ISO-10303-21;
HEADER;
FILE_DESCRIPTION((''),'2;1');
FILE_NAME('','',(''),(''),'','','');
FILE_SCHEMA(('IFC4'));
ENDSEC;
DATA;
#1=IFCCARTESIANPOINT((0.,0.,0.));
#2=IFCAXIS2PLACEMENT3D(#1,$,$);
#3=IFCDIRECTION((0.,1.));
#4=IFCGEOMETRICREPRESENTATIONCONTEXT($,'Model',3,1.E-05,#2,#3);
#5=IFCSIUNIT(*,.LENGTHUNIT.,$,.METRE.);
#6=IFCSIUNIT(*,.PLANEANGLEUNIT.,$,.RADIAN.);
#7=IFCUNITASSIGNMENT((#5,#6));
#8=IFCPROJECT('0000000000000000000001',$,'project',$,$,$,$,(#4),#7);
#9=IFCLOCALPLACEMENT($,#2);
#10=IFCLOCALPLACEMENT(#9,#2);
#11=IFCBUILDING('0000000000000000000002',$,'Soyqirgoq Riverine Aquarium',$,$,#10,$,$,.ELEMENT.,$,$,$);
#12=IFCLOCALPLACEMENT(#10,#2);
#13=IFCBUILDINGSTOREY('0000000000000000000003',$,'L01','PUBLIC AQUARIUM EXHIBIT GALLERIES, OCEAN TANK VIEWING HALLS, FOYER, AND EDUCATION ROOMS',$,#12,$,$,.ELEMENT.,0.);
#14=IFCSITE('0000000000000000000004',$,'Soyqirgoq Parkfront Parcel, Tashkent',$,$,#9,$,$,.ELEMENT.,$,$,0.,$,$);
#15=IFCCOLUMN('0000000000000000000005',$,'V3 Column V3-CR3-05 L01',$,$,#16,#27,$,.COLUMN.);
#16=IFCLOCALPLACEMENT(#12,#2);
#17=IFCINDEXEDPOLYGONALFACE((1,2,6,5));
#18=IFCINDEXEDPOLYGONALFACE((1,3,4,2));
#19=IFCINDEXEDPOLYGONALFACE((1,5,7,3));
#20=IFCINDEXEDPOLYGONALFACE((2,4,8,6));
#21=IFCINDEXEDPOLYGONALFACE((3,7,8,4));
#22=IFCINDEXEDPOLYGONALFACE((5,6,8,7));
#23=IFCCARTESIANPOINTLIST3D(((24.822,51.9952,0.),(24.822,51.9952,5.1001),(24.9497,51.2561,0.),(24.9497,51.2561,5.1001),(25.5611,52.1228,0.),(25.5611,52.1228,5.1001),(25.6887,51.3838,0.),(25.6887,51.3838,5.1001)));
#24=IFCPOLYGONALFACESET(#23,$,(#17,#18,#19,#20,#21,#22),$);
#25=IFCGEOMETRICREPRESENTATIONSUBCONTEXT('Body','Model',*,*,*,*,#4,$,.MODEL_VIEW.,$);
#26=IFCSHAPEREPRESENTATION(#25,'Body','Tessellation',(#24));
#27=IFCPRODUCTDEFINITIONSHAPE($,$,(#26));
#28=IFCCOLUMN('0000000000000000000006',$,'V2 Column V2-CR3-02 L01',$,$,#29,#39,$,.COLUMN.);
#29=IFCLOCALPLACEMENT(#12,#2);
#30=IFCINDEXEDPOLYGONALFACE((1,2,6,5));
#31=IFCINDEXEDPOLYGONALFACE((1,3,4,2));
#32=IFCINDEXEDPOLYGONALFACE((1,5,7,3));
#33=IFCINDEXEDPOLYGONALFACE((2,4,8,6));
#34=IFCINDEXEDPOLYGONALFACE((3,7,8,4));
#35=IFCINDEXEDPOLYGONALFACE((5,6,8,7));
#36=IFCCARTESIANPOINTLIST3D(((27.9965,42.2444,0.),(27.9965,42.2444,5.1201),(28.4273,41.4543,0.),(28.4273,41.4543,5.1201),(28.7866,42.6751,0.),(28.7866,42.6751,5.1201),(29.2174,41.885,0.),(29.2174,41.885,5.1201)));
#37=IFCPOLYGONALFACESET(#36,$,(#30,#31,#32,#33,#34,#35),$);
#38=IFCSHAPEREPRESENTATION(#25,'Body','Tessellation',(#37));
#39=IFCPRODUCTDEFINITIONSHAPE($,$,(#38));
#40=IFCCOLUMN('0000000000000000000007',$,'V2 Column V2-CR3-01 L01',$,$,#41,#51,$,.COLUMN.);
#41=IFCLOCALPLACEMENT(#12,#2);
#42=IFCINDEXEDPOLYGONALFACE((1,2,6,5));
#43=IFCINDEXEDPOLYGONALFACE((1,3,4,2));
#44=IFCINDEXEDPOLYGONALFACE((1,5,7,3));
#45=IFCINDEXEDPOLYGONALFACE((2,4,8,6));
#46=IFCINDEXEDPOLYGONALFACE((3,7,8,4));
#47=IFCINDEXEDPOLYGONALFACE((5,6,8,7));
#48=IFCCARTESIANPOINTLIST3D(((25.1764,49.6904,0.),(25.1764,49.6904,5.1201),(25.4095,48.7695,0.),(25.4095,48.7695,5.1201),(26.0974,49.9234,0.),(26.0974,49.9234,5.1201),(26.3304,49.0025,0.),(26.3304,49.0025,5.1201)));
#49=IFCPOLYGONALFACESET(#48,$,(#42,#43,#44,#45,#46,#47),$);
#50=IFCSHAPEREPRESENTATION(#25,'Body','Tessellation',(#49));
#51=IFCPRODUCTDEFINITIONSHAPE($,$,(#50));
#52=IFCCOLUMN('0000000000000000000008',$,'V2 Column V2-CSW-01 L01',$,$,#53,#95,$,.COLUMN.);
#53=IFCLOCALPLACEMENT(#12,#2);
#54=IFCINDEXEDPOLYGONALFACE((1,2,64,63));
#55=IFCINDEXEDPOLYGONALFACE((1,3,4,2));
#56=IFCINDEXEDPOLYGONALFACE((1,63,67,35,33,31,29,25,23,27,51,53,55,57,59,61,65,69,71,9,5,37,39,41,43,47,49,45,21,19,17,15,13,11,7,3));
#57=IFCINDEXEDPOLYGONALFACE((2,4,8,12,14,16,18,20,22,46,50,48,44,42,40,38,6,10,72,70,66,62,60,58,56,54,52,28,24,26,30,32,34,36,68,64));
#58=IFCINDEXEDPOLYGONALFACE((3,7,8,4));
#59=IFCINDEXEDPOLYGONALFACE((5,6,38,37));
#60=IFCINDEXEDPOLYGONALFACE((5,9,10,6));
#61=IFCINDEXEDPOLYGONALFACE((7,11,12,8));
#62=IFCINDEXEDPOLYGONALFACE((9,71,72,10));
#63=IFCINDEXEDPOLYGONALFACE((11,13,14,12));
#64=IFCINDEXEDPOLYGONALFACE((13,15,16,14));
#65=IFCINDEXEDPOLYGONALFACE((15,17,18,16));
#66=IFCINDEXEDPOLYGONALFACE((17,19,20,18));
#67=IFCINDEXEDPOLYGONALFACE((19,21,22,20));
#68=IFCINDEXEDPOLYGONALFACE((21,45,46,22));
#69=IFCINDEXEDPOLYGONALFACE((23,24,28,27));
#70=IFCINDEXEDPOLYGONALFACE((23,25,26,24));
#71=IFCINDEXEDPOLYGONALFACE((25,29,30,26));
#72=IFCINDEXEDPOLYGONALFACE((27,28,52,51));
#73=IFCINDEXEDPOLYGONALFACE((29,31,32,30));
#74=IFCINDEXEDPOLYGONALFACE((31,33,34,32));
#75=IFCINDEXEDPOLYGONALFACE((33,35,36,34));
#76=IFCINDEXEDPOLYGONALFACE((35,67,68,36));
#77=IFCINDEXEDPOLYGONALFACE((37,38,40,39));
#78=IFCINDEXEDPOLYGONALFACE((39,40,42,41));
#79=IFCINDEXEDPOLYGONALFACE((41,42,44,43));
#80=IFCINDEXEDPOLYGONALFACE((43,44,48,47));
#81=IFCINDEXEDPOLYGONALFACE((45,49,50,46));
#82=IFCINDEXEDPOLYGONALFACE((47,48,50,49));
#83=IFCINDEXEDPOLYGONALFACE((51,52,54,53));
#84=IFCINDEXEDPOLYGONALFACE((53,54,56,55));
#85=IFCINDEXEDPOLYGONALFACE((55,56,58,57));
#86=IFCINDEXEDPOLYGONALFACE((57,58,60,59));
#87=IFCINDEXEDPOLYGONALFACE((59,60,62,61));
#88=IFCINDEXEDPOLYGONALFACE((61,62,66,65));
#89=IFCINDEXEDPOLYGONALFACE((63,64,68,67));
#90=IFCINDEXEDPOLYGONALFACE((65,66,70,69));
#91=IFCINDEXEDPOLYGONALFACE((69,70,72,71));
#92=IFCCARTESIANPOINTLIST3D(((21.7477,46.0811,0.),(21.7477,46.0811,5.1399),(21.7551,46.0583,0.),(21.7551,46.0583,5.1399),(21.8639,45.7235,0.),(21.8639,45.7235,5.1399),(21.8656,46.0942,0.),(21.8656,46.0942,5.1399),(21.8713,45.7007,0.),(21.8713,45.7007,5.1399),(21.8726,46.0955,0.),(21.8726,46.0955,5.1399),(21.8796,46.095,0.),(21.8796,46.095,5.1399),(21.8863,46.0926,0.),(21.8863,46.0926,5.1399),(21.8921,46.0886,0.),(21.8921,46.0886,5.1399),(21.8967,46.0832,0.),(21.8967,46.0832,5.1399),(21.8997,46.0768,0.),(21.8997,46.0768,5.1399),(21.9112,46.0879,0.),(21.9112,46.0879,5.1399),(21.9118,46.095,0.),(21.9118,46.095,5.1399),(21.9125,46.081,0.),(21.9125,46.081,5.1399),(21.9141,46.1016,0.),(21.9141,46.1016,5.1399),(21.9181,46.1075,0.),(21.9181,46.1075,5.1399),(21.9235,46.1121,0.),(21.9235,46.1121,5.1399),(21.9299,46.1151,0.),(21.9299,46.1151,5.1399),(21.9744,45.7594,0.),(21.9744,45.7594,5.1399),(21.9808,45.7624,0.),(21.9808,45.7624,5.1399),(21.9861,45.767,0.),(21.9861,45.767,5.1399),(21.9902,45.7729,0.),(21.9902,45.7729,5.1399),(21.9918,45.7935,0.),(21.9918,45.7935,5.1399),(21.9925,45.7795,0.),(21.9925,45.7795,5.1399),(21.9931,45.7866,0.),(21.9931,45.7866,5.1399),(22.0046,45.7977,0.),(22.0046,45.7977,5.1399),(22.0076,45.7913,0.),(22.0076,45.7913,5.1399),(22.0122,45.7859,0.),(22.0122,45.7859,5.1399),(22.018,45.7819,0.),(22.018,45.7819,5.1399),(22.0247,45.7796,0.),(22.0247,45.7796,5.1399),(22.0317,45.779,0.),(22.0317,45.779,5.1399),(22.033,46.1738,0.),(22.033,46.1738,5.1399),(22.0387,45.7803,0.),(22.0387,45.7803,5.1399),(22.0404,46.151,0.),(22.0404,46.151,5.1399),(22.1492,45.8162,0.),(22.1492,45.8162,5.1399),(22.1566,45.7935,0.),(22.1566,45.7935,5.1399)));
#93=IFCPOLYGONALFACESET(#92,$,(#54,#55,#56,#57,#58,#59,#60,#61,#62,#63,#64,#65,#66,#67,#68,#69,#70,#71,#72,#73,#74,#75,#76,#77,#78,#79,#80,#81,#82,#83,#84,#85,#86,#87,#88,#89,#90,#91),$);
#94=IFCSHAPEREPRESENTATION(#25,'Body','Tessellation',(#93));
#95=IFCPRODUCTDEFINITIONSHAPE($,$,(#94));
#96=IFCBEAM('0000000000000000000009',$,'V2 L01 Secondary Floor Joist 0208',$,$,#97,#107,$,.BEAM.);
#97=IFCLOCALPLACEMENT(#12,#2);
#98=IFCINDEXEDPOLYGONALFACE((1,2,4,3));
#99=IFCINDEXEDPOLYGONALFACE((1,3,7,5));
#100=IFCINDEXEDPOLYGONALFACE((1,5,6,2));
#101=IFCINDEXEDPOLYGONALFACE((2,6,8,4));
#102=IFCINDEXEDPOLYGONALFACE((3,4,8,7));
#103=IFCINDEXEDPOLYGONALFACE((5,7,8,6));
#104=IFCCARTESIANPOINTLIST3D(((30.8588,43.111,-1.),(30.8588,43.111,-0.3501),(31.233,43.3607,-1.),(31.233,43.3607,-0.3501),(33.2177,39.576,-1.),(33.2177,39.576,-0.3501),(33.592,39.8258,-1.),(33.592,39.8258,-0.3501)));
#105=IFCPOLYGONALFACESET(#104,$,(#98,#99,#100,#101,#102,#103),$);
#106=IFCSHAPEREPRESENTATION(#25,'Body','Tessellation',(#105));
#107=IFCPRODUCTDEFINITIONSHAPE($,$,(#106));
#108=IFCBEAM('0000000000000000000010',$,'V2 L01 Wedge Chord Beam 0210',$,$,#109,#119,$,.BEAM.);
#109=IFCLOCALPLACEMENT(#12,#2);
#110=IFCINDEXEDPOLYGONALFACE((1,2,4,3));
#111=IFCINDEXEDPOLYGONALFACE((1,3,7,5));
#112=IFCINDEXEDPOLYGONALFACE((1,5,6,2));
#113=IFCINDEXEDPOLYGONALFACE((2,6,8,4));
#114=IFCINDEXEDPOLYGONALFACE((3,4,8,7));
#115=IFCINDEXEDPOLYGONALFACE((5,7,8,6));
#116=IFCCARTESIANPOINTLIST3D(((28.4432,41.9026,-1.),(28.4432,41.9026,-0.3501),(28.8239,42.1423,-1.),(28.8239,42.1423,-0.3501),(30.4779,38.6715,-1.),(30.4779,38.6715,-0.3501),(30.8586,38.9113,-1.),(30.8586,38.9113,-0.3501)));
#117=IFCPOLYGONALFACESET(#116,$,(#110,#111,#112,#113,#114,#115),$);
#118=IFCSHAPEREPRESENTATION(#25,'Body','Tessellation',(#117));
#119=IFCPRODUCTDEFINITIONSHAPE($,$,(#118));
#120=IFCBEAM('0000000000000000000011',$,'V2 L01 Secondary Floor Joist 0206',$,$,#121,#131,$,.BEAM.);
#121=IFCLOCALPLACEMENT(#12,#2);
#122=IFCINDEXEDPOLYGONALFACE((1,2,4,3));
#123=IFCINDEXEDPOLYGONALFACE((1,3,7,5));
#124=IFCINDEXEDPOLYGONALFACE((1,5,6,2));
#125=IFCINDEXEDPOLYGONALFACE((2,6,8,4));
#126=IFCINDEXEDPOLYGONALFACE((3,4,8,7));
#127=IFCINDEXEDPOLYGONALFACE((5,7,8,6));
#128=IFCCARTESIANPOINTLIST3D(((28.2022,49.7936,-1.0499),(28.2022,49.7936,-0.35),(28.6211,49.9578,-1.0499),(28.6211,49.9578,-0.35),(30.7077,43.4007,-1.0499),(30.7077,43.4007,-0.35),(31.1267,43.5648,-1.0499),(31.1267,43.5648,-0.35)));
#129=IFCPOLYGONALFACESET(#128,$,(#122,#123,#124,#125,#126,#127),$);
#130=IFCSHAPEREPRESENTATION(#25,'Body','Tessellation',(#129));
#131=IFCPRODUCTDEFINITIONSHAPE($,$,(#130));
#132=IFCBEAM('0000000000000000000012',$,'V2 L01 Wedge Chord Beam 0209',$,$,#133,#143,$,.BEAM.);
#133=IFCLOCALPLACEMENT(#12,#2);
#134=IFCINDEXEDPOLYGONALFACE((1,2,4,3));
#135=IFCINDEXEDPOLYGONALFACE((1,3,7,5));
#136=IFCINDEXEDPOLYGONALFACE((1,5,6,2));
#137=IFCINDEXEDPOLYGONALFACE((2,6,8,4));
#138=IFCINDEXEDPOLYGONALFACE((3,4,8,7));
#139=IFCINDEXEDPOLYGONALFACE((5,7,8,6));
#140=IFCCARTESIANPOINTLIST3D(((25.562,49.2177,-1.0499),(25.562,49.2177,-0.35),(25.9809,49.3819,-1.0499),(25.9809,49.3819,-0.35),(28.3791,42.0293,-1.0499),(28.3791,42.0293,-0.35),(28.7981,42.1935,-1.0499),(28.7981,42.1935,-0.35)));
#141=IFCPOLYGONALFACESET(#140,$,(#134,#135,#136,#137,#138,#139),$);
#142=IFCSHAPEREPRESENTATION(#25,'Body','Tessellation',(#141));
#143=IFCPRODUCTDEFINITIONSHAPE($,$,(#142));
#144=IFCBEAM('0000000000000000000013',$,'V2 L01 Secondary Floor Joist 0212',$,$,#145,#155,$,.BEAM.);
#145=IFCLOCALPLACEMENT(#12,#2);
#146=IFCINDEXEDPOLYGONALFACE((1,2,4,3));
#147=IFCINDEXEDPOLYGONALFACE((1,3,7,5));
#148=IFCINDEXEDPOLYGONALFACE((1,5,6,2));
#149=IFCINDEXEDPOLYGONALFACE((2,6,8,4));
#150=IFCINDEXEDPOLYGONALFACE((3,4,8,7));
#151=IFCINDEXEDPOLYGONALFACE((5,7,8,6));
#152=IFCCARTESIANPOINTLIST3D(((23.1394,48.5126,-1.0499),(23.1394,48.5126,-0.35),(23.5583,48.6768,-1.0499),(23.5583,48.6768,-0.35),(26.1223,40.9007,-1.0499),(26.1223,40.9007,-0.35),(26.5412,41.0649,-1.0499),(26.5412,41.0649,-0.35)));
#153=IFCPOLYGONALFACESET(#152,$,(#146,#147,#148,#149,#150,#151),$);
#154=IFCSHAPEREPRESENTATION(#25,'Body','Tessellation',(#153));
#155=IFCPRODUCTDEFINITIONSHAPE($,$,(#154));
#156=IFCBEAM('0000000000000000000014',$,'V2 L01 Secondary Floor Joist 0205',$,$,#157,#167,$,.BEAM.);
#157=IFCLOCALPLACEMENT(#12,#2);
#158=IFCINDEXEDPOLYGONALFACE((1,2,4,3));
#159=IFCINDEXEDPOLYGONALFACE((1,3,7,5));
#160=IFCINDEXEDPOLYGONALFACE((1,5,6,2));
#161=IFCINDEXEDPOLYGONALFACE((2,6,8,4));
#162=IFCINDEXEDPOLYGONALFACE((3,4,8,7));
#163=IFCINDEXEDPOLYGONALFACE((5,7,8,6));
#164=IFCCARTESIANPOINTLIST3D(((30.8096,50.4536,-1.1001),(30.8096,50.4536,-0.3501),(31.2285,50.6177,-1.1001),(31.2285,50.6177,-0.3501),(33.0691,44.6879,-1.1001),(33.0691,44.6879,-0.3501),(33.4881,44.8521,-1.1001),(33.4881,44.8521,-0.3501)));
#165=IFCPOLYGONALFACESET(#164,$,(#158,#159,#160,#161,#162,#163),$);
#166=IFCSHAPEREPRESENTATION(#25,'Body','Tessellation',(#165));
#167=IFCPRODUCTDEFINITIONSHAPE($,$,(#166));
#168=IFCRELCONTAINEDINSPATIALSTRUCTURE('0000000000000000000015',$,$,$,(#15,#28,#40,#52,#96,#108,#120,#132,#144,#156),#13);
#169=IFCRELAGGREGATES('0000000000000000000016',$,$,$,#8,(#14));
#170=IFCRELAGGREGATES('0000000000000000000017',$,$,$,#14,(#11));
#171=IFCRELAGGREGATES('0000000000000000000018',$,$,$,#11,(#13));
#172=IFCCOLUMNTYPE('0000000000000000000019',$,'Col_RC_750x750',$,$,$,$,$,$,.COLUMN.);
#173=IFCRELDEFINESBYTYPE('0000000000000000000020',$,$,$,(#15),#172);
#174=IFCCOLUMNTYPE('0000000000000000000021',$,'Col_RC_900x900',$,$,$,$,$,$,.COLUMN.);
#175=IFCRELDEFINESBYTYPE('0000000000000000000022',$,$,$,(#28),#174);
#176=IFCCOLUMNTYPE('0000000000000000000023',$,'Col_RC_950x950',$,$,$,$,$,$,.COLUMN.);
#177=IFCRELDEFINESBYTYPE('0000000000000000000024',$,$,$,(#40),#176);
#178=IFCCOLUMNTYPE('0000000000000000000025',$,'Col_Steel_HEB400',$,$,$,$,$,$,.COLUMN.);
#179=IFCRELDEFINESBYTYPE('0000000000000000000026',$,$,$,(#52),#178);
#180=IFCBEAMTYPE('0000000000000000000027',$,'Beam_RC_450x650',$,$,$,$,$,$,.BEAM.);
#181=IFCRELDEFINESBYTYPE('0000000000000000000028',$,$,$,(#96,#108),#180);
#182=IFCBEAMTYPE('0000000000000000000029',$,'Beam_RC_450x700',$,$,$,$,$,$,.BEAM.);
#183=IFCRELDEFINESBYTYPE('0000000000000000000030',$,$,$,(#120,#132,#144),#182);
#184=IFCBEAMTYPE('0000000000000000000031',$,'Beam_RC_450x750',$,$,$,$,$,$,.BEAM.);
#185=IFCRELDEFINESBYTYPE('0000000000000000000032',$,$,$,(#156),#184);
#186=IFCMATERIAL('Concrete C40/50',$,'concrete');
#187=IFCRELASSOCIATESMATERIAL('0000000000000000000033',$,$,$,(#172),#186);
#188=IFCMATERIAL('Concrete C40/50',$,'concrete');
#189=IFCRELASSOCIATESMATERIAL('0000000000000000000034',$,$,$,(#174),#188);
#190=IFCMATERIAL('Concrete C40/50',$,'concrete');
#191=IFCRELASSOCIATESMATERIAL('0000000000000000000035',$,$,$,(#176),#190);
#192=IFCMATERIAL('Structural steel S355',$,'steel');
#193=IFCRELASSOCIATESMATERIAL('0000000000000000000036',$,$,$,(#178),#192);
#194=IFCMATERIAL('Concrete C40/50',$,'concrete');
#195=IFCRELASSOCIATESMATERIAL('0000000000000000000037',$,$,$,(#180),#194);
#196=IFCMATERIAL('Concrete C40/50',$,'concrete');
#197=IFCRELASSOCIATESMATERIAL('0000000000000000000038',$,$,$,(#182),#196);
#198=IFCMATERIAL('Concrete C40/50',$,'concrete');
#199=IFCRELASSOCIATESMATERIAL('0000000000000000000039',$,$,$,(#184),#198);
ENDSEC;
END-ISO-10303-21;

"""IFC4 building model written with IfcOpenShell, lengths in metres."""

from ifc_helpers import new_model, si_unit, direction, frame, origin, origin_2d, place, context, subcontext, project, spatial, rectangle, i_section, extrude, material, material_profile, profile_set, type_object, element, save


model = new_model("IFC4")

# Units and contexts
model_context = context("Model", 3, precision=1e-05, world=origin(), true_north=direction((0.0, 1.0)))
body_context = subcontext(model_context, "Body", "Model", "MODEL_VIEW")
ifc_project = project(units=[si_unit("LENGTHUNIT", "METRE"), si_unit("PLANEANGLEUNIT", "RADIAN")], contexts=[model_context])

# Site, building, storey
site_placement = place(None, origin())
site = spatial("IfcSite", under=ifc_project, at=site_placement, Name="Soyqirgoq Parkfront Parcel, Tashkent", CompositionType="ELEMENT", RefElevation=0.0)
building_placement = place(site_placement, origin())
building = spatial("IfcBuilding", under=site, at=building_placement, Name="Soyqirgoq Riverine Aquarium", CompositionType="ELEMENT")
storey_placement = place(building_placement, origin())
storey = spatial("IfcBuildingStorey", under=building, at=storey_placement, Name="L01", Description="PUBLIC AQUARIUM EXHIBIT GALLERIES, OCEAN TANK VIEWING HALLS, FOYER, AND EDUCATION ROOMS", CompositionType="ELEMENT", Elevation=0.0)

# Columns
ifc_material_1 = material(Name="Concrete C40/50", Category="concrete")
ifc_material_profile_1 = material_profile(ifc_material_1, rectangle(XDim=0.75, YDim=0.75, at=origin_2d()), Name="RC 750x750")
ifc_profile_set_1 = profile_set([ifc_material_profile_1], Name="Concrete C40/50")
column_type_1 = type_object("IfcColumnType", Name="Col_RC_750x750", PredefinedType="COLUMN", material=ifc_profile_set_1)
column_1_placement = place(storey_placement, frame((25.2554, 51.6895, 0.0), z_axis=(0.0, 0.0, 1.0), x_axis=(-0.985408, -0.170209, 0.0)))
element("IfcColumn", 1, at=column_1_placement, inside=storey, type_object=column_type_1, Name="V3 Column V3-CR3-05 L01", PredefinedType="COLUMN", context=body_context, shape_type="SweptSolid", body=[
    extrude(rectangle(XDim=0.75, YDim=0.75, at=origin_2d()), origin(), (0.0, 0.0, 1.0), 5.1001),
])
ifc_material_2 = material(Name="Concrete C40/50", Category="concrete")
ifc_material_profile_2 = material_profile(ifc_material_2, rectangle(XDim=0.8999, YDim=0.8999, at=origin_2d()), Name="RC 900x900")
ifc_profile_set_2 = profile_set([ifc_material_profile_2], Name="Concrete C40/50")
column_type_2 = type_object("IfcColumnType", Name="Col_RC_900x900", PredefinedType="COLUMN", material=ifc_profile_set_2)
column_2_placement = place(storey_placement, frame((28.6069, 42.0647, 0.0), z_axis=(0.0, 0.0, 1.0), x_axis=(-0.877983, -0.478692, 0.0)))
element("IfcColumn", 2, at=column_2_placement, inside=storey, type_object=column_type_2, Name="V2 Column V2-CR3-02 L01", PredefinedType="COLUMN", context=body_context, shape_type="SweptSolid", body=[
    extrude(rectangle(XDim=0.8999, YDim=0.8999, at=origin_2d()), origin(), (0.0, 0.0, 1.0), 5.1201),
])
ifc_material_3 = material(Name="Concrete C40/50", Category="concrete")
ifc_material_profile_3 = material_profile(ifc_material_3, rectangle(XDim=0.95, YDim=0.95, at=origin_2d()), Name="RC 950x950")
ifc_profile_set_3 = profile_set([ifc_material_profile_3], Name="Concrete C40/50")
column_type_3 = type_object("IfcColumnType", Name="Col_RC_950x950", PredefinedType="COLUMN", material=ifc_profile_set_3)
column_3_placement = place(storey_placement, frame((25.7534, 49.3464, 0.0), z_axis=(0.0, 0.0, 1.0), x_axis=(-0.969445, -0.245307, 0.0)))
element("IfcColumn", 3, at=column_3_placement, inside=storey, type_object=column_type_3, Name="V2 Column V2-CR3-01 L01", PredefinedType="COLUMN", context=body_context, shape_type="SweptSolid", body=[
    extrude(rectangle(XDim=0.95, YDim=0.95, at=origin_2d()), origin(), (0.0, 0.0, 1.0), 5.1201),
])
ifc_material_4 = material(Name="Structural steel S355", Category="steel")
ifc_material_profile_4 = material_profile(ifc_material_4, i_section(OverallWidth=0.3, OverallDepth=0.3999, WebThickness=0.0134, FlangeThickness=0.0239, FilletRadius=0.0271, at=origin_2d()), Name="HEB 400")
ifc_profile_set_4 = profile_set([ifc_material_profile_4], Name="Structural steel S355")
column_type_4 = type_object("IfcColumnType", Name="Col_Steel_HEB400", PredefinedType="COLUMN", material=ifc_profile_set_4)
column_4_placement = place(storey_placement, frame((21.9521, 45.9373, 0.0), z_axis=(0.0, 0.0, 1.0), x_axis=(-0.951057, -0.309017, 0.0)))
element("IfcColumn", 4, at=column_4_placement, inside=storey, type_object=column_type_4, Name="V2 Column V2-CSW-01 L01", PredefinedType="COLUMN", context=body_context, shape_type="SweptSolid", body=[
    extrude(i_section(OverallWidth=0.3, OverallDepth=0.3999, WebThickness=0.0134, FlangeThickness=0.0239, FilletRadius=0.0271, at=origin_2d()), origin(), (0.0, 0.0, 1.0), 5.1399),
])

# Beams
ifc_material_5 = material(Name="Concrete C40/50", Category="concrete")
ifc_material_profile_5 = material_profile(ifc_material_5, rectangle(XDim=0.45, YDim=0.6499, at=origin_2d()), Name="RC 450x650")
ifc_profile_set_5 = profile_set([ifc_material_profile_5], Name="Concrete C40/50")
beam_type_1 = type_object("IfcBeamType", Name="Beam_RC_450x650", PredefinedType="BEAM", material=ifc_profile_set_5)
beam_1_placement = place(storey_placement, frame((31.0459, 43.2358, -0.675), z_axis=(0.555071, -0.831803, 0.0), x_axis=(0.831803, 0.555071, 0.0)))
element("IfcBeam", 5, at=beam_1_placement, inside=storey, type_object=beam_type_1, Name="V2 L01 Secondary Floor Joist 0208", PredefinedType="BEAM", context=body_context, shape_type="SweptSolid", body=[
    extrude(rectangle(XDim=0.45, YDim=0.6499, at=origin_2d()), origin(), (0.0, 0.0, 1.0), 4.2498),
])
beam_2_placement = place(storey_placement, frame((28.6335, 42.0225, -0.675), z_axis=(0.532881, -0.84619, 0.0), x_axis=(0.84619, 0.532881, 0.0)))
element("IfcBeam", 6, at=beam_2_placement, inside=storey, type_object=beam_type_1, Name="V2 L01 Wedge Chord Beam 0210", PredefinedType="BEAM", context=body_context, shape_type="SweptSolid", body=[
    extrude(rectangle(XDim=0.45, YDim=0.6499, at=origin_2d()), origin(), (0.0, 0.0, 1.0), 3.8184),
])
ifc_material_6 = material(Name="Concrete C40/50", Category="concrete")
ifc_material_profile_6 = material_profile(ifc_material_6, rectangle(XDim=0.45, YDim=0.7, at=origin_2d()), Name="RC 450x700")
ifc_profile_set_6 = profile_set([ifc_material_profile_6], Name="Concrete C40/50")
beam_type_2 = type_object("IfcBeamType", Name="Beam_RC_450x700", PredefinedType="BEAM", material=ifc_profile_set_6)
beam_3_placement = place(storey_placement, frame((28.4116, 49.8757, -0.7), z_axis=(0.364902, -0.931046, 0.0), x_axis=(0.931046, 0.364902, 0.0)))
element("IfcBeam", 7, at=beam_3_placement, inside=storey, type_object=beam_type_2, Name="V2 L01 Secondary Floor Joist 0206", PredefinedType="BEAM", context=body_context, shape_type="SweptSolid", body=[
    extrude(rectangle(XDim=0.45, YDim=0.7, at=origin_2d()), origin(), (0.0, 0.0, 1.0), 6.8665),
])
beam_4_placement = place(storey_placement, frame((25.7715, 49.2998, -0.7), z_axis=(0.364877, -0.931056, 0.0), x_axis=(0.931056, 0.364877, 0.0)))
element("IfcBeam", 8, at=beam_4_placement, inside=storey, type_object=beam_type_2, Name="V2 L01 Wedge Chord Beam 0209", PredefinedType="BEAM", context=body_context, shape_type="SweptSolid", body=[
    extrude(rectangle(XDim=0.45, YDim=0.7, at=origin_2d()), origin(), (0.0, 0.0, 1.0), 7.7207),
])
beam_5_placement = place(storey_placement, frame((23.3489, 48.5947, -0.7), z_axis=(0.364853, -0.931065, 0.0), x_axis=(0.931065, 0.364853, 0.0)))
element("IfcBeam", 9, at=beam_5_placement, inside=storey, type_object=beam_type_2, Name="V2 L01 Secondary Floor Joist 0212", PredefinedType="BEAM", context=body_context, shape_type="SweptSolid", body=[
    extrude(rectangle(XDim=0.45, YDim=0.7, at=origin_2d()), origin(), (0.0, 0.0, 1.0), 8.1755),
])
ifc_material_7 = material(Name="Concrete C40/50", Category="concrete")
ifc_material_profile_7 = material_profile(ifc_material_7, rectangle(XDim=0.45, YDim=0.75, at=origin_2d()), Name="RC 450x750")
ifc_profile_set_7 = profile_set([ifc_material_profile_7], Name="Concrete C40/50")
beam_type_3 = type_object("IfcBeamType", Name="Beam_RC_450x750", PredefinedType="BEAM", material=ifc_profile_set_7)
beam_6_placement = place(storey_placement, frame((31.019, 50.5356, -0.7251), z_axis=(0.364876, -0.931056, 0.0), x_axis=(0.931056, 0.364876, 0.0)))
element("IfcBeam", 10, at=beam_6_placement, inside=storey, type_object=beam_type_3, Name="V2 L01 Secondary Floor Joist 0205", PredefinedType="BEAM", context=body_context, shape_type="SweptSolid", body=[
    extrude(rectangle(XDim=0.45, YDim=0.75, at=origin_2d()), origin(), (0.0, 0.0, 1.0), 6.1926),
])

save(model, "model.ifc")
